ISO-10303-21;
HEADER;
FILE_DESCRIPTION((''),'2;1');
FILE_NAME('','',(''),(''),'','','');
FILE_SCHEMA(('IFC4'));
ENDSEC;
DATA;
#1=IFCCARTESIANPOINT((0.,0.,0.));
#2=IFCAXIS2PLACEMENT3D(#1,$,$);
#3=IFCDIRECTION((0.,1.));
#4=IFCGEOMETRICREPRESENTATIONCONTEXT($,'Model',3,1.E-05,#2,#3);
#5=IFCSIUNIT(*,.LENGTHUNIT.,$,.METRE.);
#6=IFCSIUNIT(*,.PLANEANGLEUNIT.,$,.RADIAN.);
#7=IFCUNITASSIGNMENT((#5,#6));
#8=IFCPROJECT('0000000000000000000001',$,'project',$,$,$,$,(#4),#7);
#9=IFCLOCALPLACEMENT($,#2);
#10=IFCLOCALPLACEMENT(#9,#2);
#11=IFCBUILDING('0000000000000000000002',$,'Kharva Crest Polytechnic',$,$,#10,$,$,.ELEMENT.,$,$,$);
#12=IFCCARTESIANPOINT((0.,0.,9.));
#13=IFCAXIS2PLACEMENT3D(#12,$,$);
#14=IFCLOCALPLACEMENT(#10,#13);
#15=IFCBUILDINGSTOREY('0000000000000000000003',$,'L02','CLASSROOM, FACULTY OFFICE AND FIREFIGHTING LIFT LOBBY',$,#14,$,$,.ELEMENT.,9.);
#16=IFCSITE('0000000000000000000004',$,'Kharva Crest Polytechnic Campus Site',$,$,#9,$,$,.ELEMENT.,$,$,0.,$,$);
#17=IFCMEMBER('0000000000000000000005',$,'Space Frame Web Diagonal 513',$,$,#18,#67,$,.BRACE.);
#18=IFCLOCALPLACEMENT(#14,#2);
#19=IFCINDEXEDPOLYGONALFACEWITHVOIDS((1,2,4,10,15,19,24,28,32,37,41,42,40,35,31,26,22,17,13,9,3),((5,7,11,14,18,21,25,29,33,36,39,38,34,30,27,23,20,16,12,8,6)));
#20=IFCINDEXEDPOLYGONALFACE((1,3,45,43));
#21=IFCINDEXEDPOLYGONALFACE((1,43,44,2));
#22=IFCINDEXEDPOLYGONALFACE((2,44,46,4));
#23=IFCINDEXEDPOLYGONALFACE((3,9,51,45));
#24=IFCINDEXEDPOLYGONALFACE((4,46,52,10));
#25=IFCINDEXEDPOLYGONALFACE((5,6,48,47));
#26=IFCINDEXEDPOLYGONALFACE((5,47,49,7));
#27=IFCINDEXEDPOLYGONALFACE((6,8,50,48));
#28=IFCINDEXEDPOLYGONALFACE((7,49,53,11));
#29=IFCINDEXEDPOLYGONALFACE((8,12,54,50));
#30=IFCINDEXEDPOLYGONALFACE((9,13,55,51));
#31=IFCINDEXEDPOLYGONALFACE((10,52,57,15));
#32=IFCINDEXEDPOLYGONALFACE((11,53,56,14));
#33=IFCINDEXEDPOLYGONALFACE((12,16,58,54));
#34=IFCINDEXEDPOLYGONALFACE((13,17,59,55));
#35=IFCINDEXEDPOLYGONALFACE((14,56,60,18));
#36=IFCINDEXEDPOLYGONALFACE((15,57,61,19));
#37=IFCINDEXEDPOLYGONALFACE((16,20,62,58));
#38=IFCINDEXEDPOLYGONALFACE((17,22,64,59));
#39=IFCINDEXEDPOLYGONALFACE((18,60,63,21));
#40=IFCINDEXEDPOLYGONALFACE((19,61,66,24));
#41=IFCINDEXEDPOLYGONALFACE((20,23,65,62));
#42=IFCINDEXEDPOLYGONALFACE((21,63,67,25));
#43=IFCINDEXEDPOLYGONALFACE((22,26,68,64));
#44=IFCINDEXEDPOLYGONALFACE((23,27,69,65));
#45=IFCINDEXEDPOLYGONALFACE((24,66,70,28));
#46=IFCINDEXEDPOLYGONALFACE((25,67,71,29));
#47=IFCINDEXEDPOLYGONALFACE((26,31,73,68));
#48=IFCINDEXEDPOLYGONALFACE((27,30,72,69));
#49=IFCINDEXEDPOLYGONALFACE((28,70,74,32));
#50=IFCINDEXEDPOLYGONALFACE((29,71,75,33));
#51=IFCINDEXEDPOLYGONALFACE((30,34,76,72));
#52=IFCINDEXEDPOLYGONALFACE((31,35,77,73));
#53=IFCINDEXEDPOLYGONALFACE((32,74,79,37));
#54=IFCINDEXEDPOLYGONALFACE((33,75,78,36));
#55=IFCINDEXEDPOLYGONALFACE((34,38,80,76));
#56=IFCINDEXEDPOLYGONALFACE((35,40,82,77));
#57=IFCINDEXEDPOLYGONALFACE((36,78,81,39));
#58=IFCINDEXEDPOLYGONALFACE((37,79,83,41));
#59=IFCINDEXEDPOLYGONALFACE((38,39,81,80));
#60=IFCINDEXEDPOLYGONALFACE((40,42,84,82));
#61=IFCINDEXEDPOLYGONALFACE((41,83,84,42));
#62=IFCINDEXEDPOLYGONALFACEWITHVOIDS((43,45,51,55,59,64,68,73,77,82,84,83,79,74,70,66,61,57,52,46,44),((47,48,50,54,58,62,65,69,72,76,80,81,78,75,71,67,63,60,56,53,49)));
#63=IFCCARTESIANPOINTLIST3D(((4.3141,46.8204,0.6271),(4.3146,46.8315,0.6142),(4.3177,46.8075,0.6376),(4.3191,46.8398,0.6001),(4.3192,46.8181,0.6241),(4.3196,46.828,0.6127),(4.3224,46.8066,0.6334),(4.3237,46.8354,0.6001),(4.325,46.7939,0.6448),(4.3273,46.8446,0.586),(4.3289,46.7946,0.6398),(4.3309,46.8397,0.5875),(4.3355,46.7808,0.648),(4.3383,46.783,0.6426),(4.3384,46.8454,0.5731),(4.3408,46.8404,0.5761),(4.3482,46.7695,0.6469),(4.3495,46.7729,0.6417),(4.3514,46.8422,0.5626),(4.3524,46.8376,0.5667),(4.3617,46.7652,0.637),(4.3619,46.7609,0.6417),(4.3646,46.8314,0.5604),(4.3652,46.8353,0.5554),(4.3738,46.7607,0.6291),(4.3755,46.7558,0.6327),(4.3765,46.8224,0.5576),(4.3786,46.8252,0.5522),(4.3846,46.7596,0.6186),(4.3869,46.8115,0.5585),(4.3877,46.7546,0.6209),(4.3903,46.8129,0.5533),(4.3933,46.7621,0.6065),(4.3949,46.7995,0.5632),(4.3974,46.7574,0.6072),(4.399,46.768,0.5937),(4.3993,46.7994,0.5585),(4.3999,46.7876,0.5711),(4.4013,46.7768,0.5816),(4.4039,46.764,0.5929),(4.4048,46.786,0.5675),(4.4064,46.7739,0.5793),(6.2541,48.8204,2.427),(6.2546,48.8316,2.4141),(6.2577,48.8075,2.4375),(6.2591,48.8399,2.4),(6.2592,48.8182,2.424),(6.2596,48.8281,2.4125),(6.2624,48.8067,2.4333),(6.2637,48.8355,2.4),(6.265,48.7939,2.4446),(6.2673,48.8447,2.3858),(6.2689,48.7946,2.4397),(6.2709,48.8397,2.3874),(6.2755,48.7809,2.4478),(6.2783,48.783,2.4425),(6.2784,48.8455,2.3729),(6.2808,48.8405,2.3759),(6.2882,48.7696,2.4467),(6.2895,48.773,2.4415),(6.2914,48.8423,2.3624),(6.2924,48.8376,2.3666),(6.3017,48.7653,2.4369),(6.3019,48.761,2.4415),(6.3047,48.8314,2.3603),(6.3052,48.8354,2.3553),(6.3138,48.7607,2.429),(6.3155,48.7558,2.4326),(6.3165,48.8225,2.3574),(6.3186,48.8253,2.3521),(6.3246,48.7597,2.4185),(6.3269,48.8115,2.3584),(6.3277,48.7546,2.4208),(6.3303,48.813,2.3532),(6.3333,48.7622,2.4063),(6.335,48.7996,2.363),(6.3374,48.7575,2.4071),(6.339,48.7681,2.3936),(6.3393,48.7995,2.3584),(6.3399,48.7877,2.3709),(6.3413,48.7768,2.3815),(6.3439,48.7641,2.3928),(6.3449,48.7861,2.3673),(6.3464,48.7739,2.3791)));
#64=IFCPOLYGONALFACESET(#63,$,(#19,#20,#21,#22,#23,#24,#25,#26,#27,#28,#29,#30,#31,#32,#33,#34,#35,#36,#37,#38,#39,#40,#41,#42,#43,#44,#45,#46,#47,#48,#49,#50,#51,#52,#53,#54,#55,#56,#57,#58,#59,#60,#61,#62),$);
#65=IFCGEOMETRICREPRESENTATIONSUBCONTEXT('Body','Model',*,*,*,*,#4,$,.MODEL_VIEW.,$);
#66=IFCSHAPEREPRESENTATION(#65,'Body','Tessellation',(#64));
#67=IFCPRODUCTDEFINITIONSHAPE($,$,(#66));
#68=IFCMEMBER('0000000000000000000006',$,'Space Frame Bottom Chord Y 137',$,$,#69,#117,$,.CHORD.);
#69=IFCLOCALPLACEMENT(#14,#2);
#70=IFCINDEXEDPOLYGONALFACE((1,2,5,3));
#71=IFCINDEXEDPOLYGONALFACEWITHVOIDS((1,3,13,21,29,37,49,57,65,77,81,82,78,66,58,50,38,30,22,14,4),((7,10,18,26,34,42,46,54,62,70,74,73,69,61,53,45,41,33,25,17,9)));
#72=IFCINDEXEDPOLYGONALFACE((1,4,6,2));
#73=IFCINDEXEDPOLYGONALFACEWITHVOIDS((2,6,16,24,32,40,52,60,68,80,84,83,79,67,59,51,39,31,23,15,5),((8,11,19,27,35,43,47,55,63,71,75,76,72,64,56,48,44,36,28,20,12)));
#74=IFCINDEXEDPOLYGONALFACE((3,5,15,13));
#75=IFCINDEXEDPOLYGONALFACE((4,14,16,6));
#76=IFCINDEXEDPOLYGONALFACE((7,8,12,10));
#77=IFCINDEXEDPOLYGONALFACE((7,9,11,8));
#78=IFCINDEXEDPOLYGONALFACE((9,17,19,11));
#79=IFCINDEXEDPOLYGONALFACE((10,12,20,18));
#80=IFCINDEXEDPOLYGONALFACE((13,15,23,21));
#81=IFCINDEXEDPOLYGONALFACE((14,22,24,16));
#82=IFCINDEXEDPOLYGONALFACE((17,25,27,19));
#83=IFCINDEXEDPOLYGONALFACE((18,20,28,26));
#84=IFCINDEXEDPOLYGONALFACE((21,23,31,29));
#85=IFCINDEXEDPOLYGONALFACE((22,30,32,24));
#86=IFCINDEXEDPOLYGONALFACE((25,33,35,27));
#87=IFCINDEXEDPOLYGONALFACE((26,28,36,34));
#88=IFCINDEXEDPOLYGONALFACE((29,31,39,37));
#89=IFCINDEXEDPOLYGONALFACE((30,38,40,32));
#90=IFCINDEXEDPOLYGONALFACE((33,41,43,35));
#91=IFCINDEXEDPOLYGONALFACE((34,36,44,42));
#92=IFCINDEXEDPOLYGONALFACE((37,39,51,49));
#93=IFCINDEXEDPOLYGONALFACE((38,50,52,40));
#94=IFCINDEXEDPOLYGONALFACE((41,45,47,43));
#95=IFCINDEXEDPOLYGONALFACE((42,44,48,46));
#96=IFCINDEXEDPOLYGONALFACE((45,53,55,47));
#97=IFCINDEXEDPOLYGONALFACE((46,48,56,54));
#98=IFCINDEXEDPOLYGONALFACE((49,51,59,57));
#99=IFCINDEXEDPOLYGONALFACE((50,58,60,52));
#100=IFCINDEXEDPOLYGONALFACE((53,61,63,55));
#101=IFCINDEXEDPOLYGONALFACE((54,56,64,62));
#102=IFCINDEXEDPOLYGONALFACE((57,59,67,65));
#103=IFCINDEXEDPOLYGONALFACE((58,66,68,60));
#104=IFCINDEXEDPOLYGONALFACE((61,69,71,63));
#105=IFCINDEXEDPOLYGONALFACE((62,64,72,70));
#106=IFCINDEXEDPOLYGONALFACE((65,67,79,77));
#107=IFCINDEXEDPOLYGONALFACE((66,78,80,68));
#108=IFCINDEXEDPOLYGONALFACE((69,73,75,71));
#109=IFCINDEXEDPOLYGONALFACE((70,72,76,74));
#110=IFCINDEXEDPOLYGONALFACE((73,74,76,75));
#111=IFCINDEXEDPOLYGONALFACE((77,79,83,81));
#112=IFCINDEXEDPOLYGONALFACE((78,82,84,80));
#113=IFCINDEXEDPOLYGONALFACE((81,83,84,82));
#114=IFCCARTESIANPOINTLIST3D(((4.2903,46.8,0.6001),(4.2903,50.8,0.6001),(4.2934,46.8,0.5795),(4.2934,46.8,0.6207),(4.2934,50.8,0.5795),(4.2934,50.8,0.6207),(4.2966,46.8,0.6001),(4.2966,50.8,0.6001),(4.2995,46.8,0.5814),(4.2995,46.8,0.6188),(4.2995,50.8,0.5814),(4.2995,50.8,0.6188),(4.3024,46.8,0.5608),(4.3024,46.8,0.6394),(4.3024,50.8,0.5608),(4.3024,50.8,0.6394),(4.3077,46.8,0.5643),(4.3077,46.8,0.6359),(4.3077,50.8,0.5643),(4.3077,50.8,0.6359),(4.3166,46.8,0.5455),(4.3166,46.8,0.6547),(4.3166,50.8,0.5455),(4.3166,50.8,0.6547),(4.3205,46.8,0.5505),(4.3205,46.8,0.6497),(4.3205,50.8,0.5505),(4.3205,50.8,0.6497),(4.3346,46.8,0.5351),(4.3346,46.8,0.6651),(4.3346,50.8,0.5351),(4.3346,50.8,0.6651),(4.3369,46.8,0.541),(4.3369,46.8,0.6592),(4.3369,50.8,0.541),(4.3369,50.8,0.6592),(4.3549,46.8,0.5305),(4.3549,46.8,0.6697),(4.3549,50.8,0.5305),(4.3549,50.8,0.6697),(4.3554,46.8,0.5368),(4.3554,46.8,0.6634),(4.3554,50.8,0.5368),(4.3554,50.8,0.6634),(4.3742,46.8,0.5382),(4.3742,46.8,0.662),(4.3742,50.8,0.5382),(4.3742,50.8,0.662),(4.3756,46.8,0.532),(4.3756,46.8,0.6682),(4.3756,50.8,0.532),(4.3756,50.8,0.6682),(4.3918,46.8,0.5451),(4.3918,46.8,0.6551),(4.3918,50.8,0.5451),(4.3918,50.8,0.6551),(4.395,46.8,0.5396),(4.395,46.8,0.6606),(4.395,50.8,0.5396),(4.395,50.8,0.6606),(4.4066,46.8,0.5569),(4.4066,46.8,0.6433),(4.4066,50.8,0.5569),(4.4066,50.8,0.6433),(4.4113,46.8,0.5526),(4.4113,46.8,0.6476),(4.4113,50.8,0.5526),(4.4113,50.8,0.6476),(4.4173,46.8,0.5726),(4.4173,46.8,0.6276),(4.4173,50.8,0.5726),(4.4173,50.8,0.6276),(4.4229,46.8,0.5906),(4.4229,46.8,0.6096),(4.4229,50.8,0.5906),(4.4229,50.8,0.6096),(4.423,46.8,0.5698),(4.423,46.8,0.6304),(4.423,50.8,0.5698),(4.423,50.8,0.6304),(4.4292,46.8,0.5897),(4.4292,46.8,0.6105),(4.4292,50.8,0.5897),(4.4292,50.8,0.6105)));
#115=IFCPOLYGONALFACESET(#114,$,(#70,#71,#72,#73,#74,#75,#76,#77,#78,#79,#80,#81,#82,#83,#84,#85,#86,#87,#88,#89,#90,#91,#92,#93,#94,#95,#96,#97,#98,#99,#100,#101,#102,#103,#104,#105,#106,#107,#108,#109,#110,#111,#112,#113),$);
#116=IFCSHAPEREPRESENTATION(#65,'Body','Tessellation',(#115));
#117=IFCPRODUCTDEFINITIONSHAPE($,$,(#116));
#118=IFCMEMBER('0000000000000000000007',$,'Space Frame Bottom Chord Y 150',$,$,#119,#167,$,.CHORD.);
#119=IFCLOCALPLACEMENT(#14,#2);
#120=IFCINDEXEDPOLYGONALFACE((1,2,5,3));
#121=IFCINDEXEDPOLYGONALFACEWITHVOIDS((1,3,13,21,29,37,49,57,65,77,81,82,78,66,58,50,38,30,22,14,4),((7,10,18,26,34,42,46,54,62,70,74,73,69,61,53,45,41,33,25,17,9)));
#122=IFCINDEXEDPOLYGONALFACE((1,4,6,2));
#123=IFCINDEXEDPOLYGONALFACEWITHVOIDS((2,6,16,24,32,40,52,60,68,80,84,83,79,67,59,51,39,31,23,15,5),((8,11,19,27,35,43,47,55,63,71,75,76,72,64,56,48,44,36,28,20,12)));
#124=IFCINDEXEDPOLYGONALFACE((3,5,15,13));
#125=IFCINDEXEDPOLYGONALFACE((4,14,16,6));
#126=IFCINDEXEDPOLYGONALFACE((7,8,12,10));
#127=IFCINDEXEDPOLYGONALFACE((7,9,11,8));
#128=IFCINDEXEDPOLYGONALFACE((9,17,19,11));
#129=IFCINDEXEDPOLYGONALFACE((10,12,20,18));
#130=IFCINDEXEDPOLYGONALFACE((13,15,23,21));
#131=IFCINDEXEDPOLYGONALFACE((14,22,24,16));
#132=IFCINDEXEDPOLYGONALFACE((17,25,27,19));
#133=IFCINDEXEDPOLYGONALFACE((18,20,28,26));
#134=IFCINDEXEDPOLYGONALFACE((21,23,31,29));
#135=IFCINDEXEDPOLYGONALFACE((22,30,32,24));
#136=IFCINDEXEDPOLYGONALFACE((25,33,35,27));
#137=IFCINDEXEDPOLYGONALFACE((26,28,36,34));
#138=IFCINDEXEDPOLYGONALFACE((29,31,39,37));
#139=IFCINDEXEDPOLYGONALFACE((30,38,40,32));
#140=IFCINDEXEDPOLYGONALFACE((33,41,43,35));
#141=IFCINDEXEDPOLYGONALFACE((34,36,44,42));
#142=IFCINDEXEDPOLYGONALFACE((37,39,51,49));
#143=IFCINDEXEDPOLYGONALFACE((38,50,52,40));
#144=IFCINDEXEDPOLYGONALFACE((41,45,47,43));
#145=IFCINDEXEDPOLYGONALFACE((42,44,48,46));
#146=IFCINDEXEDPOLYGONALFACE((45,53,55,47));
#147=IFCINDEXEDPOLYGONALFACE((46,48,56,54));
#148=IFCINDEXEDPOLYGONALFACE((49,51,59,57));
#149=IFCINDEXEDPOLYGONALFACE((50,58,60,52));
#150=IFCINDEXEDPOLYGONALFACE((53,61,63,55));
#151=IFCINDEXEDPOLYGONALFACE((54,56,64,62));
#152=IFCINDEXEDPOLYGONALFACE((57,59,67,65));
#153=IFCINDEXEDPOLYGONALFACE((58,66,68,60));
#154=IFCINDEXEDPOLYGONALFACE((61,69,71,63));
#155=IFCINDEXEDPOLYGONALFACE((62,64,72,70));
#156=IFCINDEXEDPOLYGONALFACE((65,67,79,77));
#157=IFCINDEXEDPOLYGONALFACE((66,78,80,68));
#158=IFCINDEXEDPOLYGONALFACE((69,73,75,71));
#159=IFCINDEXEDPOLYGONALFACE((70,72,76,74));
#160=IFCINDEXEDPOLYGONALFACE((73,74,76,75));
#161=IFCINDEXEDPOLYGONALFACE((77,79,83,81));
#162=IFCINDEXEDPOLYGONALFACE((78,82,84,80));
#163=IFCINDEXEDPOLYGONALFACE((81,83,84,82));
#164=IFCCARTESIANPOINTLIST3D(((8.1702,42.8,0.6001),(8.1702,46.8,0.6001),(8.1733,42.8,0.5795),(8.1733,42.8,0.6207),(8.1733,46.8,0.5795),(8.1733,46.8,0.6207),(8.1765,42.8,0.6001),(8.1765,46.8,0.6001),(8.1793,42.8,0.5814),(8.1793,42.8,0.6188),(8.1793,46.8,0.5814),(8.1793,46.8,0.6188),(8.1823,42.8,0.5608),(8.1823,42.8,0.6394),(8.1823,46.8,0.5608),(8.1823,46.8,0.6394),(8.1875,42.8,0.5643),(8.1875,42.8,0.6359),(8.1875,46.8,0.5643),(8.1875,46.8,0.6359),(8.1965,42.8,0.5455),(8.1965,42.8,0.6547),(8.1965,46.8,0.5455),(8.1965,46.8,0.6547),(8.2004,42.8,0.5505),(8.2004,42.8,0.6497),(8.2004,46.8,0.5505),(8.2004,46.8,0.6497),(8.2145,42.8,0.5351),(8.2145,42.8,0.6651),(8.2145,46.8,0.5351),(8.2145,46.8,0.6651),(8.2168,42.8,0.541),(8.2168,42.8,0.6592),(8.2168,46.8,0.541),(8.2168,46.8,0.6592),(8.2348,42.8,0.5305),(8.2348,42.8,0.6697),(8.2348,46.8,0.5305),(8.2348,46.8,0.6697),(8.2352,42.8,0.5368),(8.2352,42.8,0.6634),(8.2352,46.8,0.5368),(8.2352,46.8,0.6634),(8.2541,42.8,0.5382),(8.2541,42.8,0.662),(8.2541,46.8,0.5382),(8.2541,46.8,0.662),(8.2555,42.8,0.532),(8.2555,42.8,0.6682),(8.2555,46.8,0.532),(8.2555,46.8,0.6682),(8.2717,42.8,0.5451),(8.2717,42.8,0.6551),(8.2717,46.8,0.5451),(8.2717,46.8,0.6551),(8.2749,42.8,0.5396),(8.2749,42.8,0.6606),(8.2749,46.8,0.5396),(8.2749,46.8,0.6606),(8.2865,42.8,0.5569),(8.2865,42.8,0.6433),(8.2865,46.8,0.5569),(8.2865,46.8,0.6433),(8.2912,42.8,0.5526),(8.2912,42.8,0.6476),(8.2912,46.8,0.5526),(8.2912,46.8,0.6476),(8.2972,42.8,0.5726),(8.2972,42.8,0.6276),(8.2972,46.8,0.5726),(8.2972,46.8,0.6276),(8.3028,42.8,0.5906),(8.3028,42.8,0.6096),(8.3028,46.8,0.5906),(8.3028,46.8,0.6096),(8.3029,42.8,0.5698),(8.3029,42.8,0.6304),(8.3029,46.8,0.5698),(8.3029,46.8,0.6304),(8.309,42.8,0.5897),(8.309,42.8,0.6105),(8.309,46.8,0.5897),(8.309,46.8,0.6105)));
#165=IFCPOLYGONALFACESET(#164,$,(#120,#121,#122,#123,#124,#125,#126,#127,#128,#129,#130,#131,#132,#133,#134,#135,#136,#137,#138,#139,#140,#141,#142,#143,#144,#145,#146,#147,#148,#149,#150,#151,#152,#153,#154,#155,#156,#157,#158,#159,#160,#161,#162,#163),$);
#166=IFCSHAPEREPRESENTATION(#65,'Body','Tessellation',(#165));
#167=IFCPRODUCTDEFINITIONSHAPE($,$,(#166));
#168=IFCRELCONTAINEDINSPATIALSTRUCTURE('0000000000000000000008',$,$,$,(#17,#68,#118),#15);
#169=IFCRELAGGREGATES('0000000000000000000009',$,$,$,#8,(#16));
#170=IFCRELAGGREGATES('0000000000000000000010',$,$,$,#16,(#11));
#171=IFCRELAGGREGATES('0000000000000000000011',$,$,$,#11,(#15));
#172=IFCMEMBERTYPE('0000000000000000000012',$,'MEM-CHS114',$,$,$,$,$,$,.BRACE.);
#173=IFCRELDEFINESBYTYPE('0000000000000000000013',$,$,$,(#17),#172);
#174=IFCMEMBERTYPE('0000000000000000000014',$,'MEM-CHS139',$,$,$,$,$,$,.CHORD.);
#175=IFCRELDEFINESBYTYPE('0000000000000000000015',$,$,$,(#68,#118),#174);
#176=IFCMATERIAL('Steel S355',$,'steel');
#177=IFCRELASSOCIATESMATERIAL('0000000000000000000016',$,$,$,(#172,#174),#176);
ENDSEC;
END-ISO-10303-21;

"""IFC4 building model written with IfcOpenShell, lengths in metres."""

from ifc_helpers import new_model, si_unit, direction, frame, origin, origin_2d, place, context, subcontext, project, spatial, hollow_circle, extrude, material, material_profile, profile_set, type_object, element, save


model = new_model("IFC4")

# Units and contexts
model_context = context("Model", 3, precision=1e-05, world=origin(), true_north=direction((0.0, 1.0)))
body_context = subcontext(model_context, "Body", "Model", "MODEL_VIEW")
ifc_project = project(units=[si_unit("LENGTHUNIT", "METRE"), si_unit("PLANEANGLEUNIT", "RADIAN")], contexts=[model_context])

# Site, building, storey
site_placement = place(None, origin())
site = spatial("IfcSite", under=ifc_project, at=site_placement, Name="Kharva Crest Polytechnic Campus Site", CompositionType="ELEMENT", RefElevation=0.0)
building_placement = place(site_placement, origin())
building = spatial("IfcBuilding", under=site, at=building_placement, Name="Kharva Crest Polytechnic", CompositionType="ELEMENT")
storey_placement = place(building_placement, frame((0.0, 0.0, 9.0)))
storey = spatial("IfcBuildingStorey", under=building, at=storey_placement, Name="L02", Description="CLASSROOM, FACULTY OFFICE AND FIREFIGHTING LIFT LOBBY", CompositionType="ELEMENT", Elevation=9.0)

# Shared definitions
ifc_material_1 = material(Name="Steel S355", Category="steel")

# Members
ifc_material_profile_1 = material_profile(ifc_material_1, hollow_circle(Radius=0.0571, WallThickness=0.0063, at=origin_2d()), Name="CHS 114.3X6.3")
ifc_profile_set_1 = profile_set([ifc_material_profile_1], Name="Steel S355")
member_type_1 = type_object("IfcMemberType", Name="MEM-CHS114", PredefinedType="BRACE", material=ifc_profile_set_1)
for number, where, z_axis, x_axis, name in (
    (1, (4.3601, 46.8, 0.6001), (0.584843, 0.60295, 0.542596), (-0.717802, 0.696247, 0.0), "Space Frame Web Diagonal 513"),
):
    element("IfcMember", number, at=place(storey_placement, frame(where, z_axis=z_axis, x_axis=x_axis)), inside=storey, type_object=member_type_1, Name=name, PredefinedType="BRACE", context=body_context, shape_type="SweptSolid", body=[
        extrude(hollow_circle(Radius=0.0571, WallThickness=0.0063, at=origin_2d()), origin(), (0.0, 0.0, 1.0), 3.3171),
    ])
ifc_material_profile_2 = material_profile(ifc_material_1, hollow_circle(Radius=0.0698, WallThickness=0.0063, at=origin_2d()), Name="CHS 139.7X6.3")
ifc_profile_set_2 = profile_set([ifc_material_profile_2], Name="Steel S355")
member_type_2 = type_object("IfcMemberType", Name="MEM-CHS139", PredefinedType="CHORD", material=ifc_profile_set_2)
for number, where, z_axis, x_axis, name in (
    (2, (4.3601, 46.8, 0.6001), (0.0, 1.0, 0.0), (-1.0, 0.0, 0.0), "Space Frame Bottom Chord Y 137"),
    (3, (8.24, 42.8, 0.6001), (0.0, 1.0, 0.0), (-1.0, 0.0, 0.0), "Space Frame Bottom Chord Y 150"),
):
    element("IfcMember", number, at=place(storey_placement, frame(where, z_axis=z_axis, x_axis=x_axis)), inside=storey, type_object=member_type_2, Name=name, PredefinedType="CHORD", context=body_context, shape_type="SweptSolid", body=[
        extrude(hollow_circle(Radius=0.0698, WallThickness=0.0063, at=origin_2d()), origin(), (0.0, 0.0, 1.0), 4.0),
    ])

save(model, "model.ifc")
